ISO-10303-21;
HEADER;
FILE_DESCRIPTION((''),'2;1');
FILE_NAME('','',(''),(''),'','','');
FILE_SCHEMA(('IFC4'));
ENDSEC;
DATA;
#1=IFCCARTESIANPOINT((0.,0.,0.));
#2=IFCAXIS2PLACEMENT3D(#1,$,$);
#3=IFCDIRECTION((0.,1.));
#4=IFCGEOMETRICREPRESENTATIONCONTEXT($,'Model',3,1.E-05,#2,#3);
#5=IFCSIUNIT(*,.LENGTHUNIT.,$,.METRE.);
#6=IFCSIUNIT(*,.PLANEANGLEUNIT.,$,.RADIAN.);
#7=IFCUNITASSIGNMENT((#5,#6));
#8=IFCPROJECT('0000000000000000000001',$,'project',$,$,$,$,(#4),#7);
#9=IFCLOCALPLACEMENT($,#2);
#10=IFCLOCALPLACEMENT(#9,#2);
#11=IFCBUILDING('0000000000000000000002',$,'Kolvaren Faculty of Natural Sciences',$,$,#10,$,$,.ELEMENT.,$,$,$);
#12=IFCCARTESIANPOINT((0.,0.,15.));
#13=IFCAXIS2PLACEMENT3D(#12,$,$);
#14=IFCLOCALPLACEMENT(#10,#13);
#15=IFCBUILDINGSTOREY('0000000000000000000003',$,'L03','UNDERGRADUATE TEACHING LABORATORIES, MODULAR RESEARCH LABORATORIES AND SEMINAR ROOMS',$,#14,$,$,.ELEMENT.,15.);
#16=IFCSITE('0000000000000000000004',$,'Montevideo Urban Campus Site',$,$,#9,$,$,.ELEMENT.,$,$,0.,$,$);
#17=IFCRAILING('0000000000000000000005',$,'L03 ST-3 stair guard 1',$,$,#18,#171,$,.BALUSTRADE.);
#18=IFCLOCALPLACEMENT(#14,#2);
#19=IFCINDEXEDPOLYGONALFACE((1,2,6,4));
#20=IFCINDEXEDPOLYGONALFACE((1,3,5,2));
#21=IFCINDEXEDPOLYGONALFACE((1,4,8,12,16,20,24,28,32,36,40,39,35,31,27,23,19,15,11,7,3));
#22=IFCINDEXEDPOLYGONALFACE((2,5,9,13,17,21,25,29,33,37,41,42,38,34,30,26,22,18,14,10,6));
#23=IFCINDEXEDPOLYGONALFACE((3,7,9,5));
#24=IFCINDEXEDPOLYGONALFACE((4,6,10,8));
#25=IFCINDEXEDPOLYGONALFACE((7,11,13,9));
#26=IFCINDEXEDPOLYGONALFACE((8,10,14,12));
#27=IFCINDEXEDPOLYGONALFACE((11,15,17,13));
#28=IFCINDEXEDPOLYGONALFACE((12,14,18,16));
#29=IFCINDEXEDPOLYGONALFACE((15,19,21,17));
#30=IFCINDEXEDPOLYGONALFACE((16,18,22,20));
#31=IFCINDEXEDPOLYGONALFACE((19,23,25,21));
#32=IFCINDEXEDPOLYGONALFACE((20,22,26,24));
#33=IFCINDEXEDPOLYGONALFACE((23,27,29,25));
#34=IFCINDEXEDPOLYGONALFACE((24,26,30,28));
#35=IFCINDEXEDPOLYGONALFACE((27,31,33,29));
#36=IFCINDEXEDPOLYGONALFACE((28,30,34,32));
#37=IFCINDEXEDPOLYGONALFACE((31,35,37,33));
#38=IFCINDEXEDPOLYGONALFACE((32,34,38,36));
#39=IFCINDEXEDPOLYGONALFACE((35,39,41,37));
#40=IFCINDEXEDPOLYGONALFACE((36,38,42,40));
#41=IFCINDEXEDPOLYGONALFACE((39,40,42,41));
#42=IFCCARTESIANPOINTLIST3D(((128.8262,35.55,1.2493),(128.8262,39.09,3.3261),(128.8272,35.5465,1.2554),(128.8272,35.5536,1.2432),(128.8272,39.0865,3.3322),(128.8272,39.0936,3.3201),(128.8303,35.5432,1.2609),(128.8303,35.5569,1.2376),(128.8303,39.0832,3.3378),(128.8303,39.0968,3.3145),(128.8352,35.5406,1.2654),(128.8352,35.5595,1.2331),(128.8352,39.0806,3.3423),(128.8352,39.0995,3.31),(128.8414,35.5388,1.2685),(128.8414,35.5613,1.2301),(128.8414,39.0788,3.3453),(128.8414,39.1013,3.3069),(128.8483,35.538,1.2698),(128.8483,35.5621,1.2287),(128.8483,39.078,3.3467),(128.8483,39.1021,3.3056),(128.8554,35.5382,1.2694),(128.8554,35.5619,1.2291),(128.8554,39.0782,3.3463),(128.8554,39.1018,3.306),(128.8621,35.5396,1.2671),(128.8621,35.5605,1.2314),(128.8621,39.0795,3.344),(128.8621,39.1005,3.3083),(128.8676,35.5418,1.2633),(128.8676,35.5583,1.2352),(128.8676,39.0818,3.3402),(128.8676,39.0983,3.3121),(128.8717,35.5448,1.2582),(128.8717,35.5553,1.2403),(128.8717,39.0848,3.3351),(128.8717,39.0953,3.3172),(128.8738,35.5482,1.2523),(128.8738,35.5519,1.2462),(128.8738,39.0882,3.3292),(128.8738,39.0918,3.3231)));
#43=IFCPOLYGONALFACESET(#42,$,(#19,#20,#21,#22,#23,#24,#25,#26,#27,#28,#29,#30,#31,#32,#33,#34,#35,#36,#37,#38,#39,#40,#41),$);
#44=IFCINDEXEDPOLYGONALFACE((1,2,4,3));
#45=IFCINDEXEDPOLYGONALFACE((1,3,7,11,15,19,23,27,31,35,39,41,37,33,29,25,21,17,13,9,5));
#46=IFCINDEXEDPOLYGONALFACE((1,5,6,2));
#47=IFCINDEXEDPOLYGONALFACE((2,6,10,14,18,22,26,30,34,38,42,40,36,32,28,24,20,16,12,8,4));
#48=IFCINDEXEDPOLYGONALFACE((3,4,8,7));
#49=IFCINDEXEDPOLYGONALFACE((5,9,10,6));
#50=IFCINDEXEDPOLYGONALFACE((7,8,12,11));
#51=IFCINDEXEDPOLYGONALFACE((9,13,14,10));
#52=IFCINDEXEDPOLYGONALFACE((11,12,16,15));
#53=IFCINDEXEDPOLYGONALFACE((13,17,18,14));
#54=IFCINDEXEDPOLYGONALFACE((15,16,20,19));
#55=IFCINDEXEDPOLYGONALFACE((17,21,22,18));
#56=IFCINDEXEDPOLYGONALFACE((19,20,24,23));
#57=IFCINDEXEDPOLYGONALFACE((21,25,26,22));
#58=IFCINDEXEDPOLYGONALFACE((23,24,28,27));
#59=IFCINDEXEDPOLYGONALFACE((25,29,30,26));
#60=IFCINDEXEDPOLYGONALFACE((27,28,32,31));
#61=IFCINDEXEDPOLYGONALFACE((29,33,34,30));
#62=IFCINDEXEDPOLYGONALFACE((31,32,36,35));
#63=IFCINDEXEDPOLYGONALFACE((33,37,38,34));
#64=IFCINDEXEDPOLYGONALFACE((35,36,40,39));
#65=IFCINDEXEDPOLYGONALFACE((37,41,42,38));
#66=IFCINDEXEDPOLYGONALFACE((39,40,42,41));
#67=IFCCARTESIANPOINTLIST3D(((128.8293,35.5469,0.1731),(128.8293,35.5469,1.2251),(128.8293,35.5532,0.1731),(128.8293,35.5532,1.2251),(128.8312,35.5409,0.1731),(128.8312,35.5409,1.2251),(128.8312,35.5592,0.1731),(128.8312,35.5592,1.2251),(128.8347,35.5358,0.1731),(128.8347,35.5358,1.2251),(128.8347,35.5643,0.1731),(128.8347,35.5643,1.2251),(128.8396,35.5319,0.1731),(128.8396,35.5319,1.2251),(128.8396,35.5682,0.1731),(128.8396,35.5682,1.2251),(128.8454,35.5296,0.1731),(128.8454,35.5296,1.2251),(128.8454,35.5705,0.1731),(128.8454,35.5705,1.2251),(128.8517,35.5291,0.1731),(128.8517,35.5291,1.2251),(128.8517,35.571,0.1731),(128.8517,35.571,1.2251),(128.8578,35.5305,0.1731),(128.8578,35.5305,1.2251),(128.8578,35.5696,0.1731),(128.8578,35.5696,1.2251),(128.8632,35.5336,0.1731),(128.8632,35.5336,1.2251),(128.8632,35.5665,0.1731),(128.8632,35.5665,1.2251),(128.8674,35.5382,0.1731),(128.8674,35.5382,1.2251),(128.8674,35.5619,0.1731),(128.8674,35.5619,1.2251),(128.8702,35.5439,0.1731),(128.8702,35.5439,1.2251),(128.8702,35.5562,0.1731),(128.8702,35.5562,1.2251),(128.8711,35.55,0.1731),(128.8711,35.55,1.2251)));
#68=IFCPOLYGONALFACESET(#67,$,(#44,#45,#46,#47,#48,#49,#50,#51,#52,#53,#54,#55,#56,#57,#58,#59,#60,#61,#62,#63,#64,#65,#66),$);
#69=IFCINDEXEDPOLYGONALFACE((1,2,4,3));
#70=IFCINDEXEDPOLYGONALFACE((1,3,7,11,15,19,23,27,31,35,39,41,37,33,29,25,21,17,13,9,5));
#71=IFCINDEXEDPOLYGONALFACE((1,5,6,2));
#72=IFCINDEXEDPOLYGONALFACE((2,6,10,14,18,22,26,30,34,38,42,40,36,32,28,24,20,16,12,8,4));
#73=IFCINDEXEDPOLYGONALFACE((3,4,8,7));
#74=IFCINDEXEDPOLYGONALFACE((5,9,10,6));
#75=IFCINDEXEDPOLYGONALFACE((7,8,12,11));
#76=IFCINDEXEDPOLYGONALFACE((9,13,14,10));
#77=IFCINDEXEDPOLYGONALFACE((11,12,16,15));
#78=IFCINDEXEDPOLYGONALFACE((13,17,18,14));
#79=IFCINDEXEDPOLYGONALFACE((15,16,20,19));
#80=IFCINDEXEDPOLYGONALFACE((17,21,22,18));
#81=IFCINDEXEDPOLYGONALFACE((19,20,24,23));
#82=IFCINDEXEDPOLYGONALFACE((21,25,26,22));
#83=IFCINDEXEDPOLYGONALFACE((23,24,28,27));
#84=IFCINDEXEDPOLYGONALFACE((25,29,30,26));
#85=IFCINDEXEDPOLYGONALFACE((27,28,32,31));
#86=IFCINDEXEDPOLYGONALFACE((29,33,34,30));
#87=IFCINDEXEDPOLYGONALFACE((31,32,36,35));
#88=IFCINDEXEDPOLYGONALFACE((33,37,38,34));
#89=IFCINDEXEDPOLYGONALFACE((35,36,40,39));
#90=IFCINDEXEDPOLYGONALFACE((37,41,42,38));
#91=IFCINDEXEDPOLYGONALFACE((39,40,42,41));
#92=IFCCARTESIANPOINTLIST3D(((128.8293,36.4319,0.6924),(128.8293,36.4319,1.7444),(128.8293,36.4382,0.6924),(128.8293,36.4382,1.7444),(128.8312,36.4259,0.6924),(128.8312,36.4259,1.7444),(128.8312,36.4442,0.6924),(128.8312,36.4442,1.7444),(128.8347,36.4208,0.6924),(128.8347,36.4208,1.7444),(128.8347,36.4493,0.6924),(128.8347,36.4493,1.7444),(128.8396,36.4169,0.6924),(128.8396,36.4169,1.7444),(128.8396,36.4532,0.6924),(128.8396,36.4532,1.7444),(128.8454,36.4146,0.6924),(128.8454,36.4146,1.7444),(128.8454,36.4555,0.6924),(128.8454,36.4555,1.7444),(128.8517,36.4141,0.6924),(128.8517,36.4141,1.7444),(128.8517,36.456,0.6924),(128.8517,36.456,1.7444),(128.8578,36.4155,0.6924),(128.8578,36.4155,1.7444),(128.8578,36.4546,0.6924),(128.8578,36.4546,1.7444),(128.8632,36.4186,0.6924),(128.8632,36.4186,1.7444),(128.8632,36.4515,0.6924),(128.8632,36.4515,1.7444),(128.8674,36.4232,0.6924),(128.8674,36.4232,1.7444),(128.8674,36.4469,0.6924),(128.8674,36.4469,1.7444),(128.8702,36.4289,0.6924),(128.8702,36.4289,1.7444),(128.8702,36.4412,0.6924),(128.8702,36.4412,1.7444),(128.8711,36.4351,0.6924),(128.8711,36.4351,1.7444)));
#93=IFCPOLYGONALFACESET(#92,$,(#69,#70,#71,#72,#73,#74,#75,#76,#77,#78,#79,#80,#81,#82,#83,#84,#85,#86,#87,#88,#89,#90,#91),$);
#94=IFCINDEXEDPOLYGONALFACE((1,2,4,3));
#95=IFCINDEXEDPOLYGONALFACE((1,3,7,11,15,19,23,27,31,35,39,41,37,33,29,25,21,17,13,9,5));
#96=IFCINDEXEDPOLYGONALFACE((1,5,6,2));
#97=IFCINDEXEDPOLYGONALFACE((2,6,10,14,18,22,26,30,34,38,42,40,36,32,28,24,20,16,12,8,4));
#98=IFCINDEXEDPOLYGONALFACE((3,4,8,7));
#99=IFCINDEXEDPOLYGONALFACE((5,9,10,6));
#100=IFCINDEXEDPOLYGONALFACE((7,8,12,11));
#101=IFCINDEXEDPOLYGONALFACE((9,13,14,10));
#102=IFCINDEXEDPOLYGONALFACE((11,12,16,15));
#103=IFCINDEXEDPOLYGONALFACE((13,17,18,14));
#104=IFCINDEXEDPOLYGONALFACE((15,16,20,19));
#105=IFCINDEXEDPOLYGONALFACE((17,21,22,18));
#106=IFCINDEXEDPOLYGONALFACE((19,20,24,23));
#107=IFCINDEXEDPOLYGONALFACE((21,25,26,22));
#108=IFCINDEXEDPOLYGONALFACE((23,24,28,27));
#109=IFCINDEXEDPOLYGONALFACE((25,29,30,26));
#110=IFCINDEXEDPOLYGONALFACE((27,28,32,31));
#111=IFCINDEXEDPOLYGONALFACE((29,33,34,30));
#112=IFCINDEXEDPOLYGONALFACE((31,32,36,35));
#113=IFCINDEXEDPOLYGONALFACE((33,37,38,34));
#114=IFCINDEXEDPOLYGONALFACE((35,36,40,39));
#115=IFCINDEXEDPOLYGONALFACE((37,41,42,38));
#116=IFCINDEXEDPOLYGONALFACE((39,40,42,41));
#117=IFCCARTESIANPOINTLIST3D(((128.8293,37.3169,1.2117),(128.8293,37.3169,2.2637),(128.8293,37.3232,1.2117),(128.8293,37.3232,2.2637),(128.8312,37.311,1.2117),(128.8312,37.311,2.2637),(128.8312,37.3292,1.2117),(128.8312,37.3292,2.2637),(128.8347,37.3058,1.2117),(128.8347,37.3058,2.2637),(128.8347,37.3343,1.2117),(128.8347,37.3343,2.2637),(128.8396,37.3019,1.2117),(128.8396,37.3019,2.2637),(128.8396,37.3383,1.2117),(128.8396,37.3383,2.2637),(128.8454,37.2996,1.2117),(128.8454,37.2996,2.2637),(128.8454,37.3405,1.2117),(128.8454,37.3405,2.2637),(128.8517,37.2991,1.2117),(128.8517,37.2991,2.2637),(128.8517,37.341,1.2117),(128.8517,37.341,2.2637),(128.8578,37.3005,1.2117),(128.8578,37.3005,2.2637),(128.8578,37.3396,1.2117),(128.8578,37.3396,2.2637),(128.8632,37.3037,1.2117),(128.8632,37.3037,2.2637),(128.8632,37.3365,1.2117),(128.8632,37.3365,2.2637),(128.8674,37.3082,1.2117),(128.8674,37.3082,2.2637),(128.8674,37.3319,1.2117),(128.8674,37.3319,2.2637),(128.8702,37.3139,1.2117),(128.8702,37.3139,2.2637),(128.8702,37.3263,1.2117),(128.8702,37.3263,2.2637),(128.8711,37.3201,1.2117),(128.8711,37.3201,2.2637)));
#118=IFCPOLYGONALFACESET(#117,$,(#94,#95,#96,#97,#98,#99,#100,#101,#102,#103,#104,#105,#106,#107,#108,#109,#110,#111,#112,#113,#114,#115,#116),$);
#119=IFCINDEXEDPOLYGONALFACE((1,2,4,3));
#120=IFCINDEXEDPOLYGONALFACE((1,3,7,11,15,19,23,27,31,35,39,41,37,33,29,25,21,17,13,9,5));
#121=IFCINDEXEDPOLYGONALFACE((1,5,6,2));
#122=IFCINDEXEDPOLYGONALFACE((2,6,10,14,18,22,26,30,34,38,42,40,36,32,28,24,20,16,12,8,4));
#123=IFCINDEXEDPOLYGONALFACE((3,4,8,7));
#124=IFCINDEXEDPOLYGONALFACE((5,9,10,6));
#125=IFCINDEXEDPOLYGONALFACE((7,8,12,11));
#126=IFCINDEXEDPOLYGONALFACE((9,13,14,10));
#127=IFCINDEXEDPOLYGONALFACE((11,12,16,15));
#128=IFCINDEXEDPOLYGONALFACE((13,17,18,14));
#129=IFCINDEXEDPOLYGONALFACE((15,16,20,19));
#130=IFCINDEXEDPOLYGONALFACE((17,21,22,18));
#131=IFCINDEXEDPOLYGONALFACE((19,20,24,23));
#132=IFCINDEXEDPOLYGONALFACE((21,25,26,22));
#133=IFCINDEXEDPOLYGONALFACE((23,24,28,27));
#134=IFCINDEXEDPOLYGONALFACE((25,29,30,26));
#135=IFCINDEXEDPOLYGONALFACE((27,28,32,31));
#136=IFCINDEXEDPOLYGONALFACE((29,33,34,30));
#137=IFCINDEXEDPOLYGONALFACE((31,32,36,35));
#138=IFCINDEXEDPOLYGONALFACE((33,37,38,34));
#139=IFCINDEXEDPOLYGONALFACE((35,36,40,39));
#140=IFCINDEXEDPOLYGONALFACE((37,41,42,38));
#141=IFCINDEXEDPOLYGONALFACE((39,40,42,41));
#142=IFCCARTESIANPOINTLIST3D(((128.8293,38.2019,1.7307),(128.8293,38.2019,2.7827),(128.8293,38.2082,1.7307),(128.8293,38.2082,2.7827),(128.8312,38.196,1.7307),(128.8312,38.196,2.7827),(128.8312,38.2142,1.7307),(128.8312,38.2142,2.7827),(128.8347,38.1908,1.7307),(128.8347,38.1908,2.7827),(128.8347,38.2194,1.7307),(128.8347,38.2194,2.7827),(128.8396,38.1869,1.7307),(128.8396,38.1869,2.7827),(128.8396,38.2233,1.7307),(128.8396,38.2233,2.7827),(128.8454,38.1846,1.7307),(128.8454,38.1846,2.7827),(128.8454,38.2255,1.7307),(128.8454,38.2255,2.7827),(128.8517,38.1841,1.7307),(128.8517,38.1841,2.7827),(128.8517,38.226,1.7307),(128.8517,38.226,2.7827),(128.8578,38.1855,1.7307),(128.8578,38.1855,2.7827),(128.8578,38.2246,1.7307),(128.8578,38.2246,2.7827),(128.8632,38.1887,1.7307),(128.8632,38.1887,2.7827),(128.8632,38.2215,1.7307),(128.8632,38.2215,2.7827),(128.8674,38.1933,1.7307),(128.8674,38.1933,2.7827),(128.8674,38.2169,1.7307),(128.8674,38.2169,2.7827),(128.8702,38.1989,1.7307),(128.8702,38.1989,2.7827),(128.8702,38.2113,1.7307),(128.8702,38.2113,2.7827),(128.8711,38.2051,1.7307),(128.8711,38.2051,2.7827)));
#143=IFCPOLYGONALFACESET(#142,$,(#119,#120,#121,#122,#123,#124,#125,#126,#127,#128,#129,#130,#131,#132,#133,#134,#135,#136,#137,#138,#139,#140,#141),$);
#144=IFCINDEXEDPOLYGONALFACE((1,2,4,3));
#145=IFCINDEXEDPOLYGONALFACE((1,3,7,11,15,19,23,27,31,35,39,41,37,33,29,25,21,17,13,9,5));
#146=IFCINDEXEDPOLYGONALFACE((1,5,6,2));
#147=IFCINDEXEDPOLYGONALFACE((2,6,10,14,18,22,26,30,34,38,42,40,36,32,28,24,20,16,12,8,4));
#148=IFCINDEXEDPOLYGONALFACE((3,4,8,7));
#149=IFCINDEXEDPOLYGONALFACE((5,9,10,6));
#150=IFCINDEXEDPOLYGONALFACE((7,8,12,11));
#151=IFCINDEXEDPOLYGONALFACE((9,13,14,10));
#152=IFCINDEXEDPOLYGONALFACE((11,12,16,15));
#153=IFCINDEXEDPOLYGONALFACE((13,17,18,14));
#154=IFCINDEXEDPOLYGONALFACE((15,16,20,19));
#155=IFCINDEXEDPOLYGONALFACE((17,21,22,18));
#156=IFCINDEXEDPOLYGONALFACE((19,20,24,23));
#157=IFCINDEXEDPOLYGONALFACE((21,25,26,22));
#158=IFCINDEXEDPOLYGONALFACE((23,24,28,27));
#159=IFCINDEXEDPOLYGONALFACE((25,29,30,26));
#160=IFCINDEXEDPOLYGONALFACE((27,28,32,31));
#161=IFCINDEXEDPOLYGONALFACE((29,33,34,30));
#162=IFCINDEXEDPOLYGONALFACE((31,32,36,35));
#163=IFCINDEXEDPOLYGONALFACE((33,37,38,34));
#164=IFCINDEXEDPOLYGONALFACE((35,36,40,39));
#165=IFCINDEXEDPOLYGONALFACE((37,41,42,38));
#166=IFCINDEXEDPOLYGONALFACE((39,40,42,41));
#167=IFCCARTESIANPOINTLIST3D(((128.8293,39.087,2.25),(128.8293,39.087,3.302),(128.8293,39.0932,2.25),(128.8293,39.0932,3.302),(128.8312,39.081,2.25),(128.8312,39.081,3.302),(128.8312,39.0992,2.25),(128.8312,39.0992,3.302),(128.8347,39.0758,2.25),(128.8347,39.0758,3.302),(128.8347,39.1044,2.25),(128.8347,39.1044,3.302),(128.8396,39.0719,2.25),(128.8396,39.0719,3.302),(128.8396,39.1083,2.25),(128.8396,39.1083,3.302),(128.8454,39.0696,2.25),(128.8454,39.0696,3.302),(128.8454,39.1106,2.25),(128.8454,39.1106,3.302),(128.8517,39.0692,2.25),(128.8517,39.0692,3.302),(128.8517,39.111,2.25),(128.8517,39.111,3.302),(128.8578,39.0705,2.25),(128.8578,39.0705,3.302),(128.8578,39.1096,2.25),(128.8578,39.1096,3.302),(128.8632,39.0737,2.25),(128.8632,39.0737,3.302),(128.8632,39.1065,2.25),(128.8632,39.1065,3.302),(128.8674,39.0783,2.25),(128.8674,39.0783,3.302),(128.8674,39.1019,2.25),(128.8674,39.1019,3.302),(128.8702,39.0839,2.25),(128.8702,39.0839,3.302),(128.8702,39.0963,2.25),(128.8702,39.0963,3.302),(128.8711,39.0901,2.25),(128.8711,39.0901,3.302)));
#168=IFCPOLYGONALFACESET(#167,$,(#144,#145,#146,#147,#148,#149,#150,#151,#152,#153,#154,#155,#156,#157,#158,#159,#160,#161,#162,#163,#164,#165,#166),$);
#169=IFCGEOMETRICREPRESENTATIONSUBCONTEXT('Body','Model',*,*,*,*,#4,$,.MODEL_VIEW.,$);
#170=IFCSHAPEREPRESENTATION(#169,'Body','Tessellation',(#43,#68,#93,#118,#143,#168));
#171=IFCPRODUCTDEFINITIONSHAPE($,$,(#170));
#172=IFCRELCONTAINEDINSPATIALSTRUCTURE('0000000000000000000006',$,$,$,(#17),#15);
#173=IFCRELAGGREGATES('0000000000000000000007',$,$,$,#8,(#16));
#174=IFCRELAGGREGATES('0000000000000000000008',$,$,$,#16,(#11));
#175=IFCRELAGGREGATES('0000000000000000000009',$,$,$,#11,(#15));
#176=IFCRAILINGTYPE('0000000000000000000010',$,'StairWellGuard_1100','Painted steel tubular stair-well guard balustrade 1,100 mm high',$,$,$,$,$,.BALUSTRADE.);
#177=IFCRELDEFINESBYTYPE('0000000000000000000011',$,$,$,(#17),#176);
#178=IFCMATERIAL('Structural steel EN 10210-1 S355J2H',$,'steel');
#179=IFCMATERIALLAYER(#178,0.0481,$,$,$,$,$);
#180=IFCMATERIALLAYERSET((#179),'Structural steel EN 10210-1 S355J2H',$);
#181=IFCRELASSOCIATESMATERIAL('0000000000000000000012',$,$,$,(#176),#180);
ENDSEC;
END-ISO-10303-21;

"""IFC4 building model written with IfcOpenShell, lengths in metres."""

from ifc_helpers import new_model, si_unit, direction, frame, origin, origin_2d, place, context, subcontext, project, spatial, circle, extrude, material, layer, layer_set, type_object, element, save


model = new_model("IFC4")

# Units and contexts
model_context = context("Model", 3, precision=1e-05, world=origin(), true_north=direction((0.0, 1.0)))
body_context = subcontext(model_context, "Body", "Model", "MODEL_VIEW")
ifc_project = project(units=[si_unit("LENGTHUNIT", "METRE"), si_unit("PLANEANGLEUNIT", "RADIAN")], contexts=[model_context])

# Site, building, storey
site_placement = place(None, origin())
site = spatial("IfcSite", under=ifc_project, at=site_placement, Name="Montevideo Urban Campus Site", CompositionType="ELEMENT", RefElevation=0.0)
building_placement = place(site_placement, origin())
building = spatial("IfcBuilding", under=site, at=building_placement, Name="Kolvaren Faculty of Natural Sciences", CompositionType="ELEMENT")
storey_placement = place(building_placement, frame((0.0, 0.0, 15.0)))
storey = spatial("IfcBuildingStorey", under=building, at=storey_placement, Name="L03", Description="UNDERGRADUATE TEACHING LABORATORIES, MODULAR RESEARCH LABORATORIES AND SEMINAR ROOMS", CompositionType="ELEMENT", Elevation=15.0)

# Railing
ifc_material_1 = material(Name="Structural steel EN 10210-1 S355J2H", Category="steel")
ifc_layer_1 = layer(ifc_material_1, 0.0481)
ifc_layer_set_1 = layer_set([ifc_layer_1], Name="Structural steel EN 10210-1 S355J2H")
railing_type_1 = type_object("IfcRailingType", Name="StairWellGuard_1100", Description="Painted steel tubular stair-well guard balustrade 1,100 mm high", PredefinedType="BALUSTRADE", material=ifc_layer_set_1)
railing_1_placement = place(storey_placement, frame((128.8501, 35.55, 0.1731)))
element("IfcRailing", 1, at=railing_1_placement, inside=storey, type_object=railing_type_1, Name="L03 ST-3 stair guard 1", PredefinedType="BALUSTRADE", context=body_context, shape_type="SweptSolid", body=[
    extrude(circle(Radius=0.0239, at=origin_2d()), frame((0.0, 0.0, 1.0762), z_axis=(0.0, 0.862516, 0.506029), x_axis=(-1.0, 0.0, 0.0)), (0.0, 0.0, 1.0), 4.1042),
    extrude(circle(Radius=0.021, at=origin_2d()), origin(), (0.0, 0.0, 1.0), 1.052),
    extrude(circle(Radius=0.021, at=origin_2d()), frame((0.0, 0.885, 0.5193)), (0.0, 0.0, 1.0), 1.052),
    extrude(circle(Radius=0.021, at=origin_2d()), frame((0.0, 1.77, 1.0386)), (0.0, 0.0, 1.0), 1.052),
    extrude(circle(Radius=0.021, at=origin_2d()), frame((0.0, 2.655, 1.5576)), (0.0, 0.0, 1.0), 1.052),
    extrude(circle(Radius=0.021, at=origin_2d()), frame((0.0, 3.54, 2.0769)), (0.0, 0.0, 1.0), 1.052),
])

save(model, "model.ifc")
